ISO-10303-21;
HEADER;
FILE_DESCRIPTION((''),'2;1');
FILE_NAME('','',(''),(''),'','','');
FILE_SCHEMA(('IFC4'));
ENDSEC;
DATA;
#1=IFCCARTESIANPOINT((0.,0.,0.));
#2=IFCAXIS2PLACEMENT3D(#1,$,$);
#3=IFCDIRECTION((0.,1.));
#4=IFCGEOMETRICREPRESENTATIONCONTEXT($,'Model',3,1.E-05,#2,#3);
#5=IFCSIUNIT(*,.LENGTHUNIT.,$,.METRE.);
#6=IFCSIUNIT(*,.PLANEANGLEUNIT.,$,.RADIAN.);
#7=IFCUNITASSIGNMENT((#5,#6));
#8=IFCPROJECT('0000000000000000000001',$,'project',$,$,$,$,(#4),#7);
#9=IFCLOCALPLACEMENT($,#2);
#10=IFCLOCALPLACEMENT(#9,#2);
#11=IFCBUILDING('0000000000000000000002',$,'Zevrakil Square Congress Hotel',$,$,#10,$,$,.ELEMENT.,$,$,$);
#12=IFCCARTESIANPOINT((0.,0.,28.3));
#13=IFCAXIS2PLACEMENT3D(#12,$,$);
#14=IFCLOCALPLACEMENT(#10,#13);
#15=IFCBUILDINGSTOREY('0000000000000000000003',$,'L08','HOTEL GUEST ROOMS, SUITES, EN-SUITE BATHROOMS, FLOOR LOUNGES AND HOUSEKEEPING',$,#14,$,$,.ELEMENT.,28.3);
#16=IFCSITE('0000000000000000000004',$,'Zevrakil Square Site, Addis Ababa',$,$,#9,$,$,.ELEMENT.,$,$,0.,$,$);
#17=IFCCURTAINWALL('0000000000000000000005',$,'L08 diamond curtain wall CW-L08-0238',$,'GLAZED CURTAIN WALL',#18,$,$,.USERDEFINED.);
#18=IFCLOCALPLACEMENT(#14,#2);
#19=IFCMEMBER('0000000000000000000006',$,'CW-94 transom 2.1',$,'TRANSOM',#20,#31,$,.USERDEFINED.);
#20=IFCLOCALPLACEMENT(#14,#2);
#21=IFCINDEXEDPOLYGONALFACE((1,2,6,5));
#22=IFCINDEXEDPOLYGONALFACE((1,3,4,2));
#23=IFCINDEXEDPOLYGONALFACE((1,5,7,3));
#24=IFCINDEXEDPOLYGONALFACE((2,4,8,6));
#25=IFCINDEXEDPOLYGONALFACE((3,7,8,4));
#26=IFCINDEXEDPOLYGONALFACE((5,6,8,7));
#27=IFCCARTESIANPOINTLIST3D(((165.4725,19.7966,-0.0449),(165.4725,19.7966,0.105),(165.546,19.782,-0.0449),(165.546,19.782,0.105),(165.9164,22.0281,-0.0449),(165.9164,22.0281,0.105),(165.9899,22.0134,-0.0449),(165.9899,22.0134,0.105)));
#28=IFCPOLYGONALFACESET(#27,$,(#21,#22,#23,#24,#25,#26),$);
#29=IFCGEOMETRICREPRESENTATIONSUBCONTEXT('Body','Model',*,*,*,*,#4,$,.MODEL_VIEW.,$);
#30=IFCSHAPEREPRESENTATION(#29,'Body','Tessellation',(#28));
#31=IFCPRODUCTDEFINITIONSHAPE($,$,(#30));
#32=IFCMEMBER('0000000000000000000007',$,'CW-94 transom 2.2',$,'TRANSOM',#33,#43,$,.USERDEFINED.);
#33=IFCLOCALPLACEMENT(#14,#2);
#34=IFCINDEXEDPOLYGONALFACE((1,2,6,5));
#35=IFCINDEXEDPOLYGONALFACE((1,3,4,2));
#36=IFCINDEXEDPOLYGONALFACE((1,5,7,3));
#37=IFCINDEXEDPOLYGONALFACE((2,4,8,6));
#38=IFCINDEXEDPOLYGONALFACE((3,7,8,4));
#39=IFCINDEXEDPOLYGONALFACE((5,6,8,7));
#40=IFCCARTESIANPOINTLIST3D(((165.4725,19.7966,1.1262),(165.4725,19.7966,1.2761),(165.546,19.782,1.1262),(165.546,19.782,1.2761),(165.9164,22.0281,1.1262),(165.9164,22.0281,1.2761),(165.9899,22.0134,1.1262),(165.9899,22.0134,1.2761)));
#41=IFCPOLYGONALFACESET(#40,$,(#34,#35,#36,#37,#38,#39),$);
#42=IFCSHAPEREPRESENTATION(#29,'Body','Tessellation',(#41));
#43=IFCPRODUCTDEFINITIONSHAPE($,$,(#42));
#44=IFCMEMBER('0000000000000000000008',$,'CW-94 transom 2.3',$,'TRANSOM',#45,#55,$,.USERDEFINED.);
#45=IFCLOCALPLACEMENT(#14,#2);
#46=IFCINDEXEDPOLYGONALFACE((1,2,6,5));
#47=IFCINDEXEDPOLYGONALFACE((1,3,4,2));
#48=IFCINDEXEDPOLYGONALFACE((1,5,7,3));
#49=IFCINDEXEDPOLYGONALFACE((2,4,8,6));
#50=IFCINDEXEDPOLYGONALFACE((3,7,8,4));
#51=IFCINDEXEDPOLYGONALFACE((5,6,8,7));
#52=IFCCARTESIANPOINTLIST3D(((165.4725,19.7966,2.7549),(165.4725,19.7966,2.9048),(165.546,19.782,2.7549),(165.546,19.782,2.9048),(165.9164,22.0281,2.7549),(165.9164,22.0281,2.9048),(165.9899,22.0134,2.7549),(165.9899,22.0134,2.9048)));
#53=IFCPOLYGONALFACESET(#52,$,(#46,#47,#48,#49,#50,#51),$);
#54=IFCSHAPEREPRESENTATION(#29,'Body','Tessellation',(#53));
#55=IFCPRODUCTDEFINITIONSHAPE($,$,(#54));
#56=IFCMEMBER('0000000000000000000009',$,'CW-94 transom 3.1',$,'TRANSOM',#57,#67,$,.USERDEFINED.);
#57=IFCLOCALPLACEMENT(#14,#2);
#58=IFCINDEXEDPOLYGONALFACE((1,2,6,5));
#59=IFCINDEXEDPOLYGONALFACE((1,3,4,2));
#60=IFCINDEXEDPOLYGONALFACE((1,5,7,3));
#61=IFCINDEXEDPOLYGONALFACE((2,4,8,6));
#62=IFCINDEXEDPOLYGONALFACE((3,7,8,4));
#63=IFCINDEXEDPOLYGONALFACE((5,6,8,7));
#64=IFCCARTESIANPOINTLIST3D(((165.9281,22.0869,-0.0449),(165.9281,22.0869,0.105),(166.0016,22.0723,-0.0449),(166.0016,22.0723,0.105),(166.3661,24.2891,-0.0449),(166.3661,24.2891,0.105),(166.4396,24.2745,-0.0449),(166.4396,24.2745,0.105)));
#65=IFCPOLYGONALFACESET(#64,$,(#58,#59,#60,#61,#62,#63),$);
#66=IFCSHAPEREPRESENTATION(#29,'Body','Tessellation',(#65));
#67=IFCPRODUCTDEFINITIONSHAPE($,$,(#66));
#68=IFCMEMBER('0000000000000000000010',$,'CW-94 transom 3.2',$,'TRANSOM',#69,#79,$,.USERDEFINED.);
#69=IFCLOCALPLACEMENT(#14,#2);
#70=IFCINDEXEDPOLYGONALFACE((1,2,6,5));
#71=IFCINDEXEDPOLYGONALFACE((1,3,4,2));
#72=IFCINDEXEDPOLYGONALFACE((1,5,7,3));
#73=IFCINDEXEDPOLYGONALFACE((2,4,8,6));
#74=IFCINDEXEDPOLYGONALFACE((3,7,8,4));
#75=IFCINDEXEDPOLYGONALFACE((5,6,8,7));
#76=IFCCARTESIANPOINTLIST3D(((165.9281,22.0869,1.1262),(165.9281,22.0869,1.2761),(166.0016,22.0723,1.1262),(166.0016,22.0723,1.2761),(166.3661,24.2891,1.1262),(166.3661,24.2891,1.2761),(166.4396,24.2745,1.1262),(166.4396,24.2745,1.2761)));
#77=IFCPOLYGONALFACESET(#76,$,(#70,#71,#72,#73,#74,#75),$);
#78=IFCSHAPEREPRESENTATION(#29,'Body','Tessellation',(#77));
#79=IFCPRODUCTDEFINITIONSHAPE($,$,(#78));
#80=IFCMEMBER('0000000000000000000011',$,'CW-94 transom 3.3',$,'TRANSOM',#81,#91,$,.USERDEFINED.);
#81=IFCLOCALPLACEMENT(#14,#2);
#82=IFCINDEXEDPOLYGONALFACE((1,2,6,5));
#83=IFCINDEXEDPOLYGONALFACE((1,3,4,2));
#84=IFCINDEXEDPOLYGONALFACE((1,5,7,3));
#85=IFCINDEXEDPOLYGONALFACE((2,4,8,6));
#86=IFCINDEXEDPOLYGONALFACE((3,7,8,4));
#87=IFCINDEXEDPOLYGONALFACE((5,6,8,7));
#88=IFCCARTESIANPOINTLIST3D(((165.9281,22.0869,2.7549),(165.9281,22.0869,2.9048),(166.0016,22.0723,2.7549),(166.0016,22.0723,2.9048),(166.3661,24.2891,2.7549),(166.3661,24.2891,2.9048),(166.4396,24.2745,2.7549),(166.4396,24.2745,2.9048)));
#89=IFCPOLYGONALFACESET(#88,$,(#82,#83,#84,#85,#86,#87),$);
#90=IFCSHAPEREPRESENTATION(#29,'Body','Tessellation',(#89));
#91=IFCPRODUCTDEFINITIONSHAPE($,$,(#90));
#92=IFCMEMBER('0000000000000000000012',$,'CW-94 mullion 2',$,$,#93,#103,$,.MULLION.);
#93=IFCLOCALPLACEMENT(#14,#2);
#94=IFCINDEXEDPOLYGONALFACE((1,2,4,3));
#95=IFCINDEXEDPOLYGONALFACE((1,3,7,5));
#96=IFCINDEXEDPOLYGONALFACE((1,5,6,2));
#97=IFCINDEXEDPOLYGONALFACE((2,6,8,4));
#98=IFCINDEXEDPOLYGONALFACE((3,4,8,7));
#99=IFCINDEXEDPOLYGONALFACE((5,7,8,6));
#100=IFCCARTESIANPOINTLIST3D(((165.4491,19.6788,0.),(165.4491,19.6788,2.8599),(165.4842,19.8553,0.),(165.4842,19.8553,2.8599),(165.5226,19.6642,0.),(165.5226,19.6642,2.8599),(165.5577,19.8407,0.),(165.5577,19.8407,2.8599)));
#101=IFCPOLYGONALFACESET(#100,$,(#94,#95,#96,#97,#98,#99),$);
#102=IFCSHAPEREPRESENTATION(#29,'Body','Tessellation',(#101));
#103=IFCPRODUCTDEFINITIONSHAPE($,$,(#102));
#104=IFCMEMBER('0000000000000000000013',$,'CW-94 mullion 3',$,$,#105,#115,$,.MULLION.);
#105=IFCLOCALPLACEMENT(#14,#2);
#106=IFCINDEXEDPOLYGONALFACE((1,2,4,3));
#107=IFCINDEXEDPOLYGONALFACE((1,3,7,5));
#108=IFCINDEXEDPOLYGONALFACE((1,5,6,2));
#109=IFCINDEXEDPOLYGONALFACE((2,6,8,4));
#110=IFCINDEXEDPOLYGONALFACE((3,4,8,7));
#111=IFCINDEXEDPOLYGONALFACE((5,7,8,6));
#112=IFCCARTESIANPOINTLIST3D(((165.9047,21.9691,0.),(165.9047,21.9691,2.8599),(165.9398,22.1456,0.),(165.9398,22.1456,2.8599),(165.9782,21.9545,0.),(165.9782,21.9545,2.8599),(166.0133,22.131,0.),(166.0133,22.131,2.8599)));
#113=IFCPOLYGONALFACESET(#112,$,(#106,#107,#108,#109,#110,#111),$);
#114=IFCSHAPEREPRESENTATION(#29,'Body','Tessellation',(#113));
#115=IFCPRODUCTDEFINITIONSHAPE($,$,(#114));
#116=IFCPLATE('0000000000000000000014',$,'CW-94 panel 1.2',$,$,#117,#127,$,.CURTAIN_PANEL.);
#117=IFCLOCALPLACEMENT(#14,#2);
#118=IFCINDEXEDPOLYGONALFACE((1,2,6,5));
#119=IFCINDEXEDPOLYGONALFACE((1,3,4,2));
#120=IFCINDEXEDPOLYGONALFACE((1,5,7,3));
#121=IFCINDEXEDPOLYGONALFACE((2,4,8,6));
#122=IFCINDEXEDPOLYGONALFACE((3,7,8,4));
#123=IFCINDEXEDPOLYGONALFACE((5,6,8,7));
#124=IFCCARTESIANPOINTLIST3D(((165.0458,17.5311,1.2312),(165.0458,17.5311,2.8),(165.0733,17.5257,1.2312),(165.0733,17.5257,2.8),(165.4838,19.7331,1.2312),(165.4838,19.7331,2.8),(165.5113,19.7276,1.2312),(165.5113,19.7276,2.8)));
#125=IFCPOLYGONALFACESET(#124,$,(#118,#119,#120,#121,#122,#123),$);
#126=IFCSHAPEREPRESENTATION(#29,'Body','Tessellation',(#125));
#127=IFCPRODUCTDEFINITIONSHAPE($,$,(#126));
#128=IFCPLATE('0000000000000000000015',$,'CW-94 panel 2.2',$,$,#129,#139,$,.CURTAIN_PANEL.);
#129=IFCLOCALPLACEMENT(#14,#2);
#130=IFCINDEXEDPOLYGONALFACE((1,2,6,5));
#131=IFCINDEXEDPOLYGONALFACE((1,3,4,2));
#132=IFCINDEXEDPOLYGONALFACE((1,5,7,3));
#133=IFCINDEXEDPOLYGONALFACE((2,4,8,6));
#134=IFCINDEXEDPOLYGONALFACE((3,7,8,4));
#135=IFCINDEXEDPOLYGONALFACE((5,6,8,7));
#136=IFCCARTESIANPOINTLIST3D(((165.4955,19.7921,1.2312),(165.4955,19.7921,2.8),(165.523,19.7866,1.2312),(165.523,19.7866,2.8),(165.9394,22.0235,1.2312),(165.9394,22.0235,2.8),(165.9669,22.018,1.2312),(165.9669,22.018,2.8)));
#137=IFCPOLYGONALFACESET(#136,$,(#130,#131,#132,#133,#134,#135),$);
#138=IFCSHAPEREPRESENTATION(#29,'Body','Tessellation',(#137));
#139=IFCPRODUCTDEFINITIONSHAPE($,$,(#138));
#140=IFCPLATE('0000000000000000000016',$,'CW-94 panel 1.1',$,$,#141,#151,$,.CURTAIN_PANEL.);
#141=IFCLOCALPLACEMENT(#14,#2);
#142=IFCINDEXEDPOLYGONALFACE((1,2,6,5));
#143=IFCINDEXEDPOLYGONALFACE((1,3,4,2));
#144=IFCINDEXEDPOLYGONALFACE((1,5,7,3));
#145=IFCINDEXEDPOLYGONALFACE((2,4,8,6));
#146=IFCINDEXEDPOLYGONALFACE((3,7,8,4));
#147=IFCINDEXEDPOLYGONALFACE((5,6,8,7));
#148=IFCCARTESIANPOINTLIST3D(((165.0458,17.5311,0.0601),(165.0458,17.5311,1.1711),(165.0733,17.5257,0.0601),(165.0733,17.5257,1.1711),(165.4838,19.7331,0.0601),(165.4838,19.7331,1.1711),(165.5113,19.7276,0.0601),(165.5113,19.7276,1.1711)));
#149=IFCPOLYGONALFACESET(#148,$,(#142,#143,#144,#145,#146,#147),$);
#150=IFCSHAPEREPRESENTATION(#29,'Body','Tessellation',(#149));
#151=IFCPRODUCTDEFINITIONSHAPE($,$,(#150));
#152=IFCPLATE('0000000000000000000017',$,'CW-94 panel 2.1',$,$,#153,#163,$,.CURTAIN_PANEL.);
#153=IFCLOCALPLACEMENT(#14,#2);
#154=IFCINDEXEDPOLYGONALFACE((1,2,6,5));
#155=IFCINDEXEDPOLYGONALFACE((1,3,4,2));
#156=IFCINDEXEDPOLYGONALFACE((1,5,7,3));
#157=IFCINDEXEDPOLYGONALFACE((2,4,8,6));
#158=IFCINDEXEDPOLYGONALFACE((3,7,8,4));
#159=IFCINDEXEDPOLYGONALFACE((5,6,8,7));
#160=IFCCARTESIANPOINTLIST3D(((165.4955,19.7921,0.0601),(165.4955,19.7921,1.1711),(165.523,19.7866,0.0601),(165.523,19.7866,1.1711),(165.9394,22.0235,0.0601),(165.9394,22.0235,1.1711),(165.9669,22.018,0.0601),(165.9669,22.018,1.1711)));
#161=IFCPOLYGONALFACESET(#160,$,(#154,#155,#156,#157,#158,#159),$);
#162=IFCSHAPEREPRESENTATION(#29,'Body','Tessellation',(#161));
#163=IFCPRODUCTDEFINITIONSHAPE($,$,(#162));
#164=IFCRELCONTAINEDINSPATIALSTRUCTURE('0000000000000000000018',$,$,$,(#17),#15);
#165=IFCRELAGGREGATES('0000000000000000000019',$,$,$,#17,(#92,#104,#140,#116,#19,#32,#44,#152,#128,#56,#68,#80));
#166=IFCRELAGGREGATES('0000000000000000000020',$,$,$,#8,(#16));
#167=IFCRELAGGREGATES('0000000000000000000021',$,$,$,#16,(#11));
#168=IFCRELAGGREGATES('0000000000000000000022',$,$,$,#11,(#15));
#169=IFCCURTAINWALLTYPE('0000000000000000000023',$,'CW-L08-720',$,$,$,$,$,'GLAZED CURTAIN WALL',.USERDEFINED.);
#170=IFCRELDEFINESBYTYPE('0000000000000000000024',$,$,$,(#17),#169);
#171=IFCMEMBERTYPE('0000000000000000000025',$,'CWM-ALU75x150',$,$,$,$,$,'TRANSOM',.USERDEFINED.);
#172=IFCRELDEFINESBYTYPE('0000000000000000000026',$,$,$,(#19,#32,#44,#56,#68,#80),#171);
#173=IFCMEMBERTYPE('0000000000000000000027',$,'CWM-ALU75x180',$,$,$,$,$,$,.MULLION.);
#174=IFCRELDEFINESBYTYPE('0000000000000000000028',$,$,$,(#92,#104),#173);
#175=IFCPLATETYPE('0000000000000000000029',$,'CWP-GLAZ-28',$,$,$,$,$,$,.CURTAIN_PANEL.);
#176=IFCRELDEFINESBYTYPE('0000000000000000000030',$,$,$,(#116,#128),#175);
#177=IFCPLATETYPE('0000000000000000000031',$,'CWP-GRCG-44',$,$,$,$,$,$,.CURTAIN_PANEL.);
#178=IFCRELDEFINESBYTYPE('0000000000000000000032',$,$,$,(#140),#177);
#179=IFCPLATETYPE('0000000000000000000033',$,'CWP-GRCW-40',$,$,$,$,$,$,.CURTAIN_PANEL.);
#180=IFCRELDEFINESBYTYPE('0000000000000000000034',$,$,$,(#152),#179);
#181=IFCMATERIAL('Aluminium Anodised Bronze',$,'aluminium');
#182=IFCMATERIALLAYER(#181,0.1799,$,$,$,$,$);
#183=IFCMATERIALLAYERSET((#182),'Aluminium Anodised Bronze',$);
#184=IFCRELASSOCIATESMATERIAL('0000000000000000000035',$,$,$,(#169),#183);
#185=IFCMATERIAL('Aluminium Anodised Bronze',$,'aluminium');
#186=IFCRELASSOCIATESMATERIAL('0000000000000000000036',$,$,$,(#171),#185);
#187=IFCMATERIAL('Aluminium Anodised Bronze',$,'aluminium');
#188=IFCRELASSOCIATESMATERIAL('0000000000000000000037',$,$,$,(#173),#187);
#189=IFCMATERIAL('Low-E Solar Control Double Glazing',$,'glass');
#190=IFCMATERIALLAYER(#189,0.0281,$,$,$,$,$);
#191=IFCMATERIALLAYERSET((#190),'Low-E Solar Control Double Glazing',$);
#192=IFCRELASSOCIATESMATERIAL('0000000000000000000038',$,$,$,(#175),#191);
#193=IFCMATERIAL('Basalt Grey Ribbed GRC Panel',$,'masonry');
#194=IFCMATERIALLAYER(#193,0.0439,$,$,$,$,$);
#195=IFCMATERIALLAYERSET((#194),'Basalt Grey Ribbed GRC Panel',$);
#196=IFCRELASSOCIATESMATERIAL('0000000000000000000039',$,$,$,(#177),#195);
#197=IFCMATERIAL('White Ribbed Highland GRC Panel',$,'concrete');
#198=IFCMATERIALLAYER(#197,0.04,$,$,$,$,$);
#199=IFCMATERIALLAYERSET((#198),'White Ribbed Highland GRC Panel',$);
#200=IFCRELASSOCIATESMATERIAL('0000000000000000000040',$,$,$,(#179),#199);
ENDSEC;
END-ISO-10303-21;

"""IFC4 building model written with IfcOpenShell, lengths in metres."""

from ifc_helpers import new_model, si_unit, direction, frame, origin, origin_2d, place, context, subcontext, project, spatial, rectangle, extrude, material, layer, layer_set, material_profile, profile_set, type_object, element, aggregate, save


model = new_model("IFC4")

# Units and contexts
model_context = context("Model", 3, precision=1e-05, world=origin(), true_north=direction((0.0, 1.0)))
body_context = subcontext(model_context, "Body", "Model", "MODEL_VIEW")
ifc_project = project(units=[si_unit("LENGTHUNIT", "METRE"), si_unit("PLANEANGLEUNIT", "RADIAN")], contexts=[model_context])

# Site, building, storey
site_placement = place(None, origin())
site = spatial("IfcSite", under=ifc_project, at=site_placement, Name="Zevrakil Square Site, Addis Ababa", CompositionType="ELEMENT", RefElevation=0.0)
building_placement = place(site_placement, origin())
building = spatial("IfcBuilding", under=site, at=building_placement, Name="Zevrakil Square Congress Hotel", CompositionType="ELEMENT")
storey_placement = place(building_placement, frame((0.0, 0.0, 28.3)))
storey = spatial("IfcBuildingStorey", under=building, at=storey_placement, Name="L08", Description="HOTEL GUEST ROOMS, SUITES, EN-SUITE BATHROOMS, FLOOR LOUNGES AND HOUSEKEEPING", CompositionType="ELEMENT", Elevation=28.3)

# Curtain wall, members, plates
ifc_material_1 = material(Name="Aluminium Anodised Bronze", Category="aluminium")
ifc_layer_1 = layer(ifc_material_1, 0.1799)
ifc_layer_set_1 = layer_set([ifc_layer_1], Name="Aluminium Anodised Bronze")
curtain_wall_type = type_object("IfcCurtainWallType", Name="CW-L08-720", ElementType="GLAZED CURTAIN WALL", PredefinedType="USERDEFINED", material=ifc_layer_set_1)
curtain_wall_placement = place(storey_placement, origin())
curtain_wall = element("IfcCurtainWall", 1, at=curtain_wall_placement, inside=storey, type_object=curtain_wall_type, Name="L08 diamond curtain wall CW-L08-0238", ObjectType="GLAZED CURTAIN WALL", PredefinedType="USERDEFINED")
ifc_material_2 = material(Name="Aluminium Anodised Bronze", Category="aluminium")
ifc_material_profile_1 = material_profile(ifc_material_2, rectangle(XDim=0.075, YDim=0.1499, at=origin_2d()), Name="ALU 75x150")
ifc_profile_set_1 = profile_set([ifc_material_profile_1], Name="Aluminium Anodised Bronze")
member_type_1 = type_object("IfcMemberType", Name="CWM-ALU75x150", ElementType="TRANSOM", PredefinedType="USERDEFINED", material=ifc_profile_set_1)
member_1_placement = place(storey_placement, frame((165.5093, 19.7893, 0.03), z_axis=(0.195084, 0.980786, 0.0), x_axis=(-0.980786, 0.195084, 0.0)))
member_1 = element("IfcMember", 2, at=member_1_placement, type_object=member_type_1, Name="CW-94 transom 2.1", ObjectType="TRANSOM", PredefinedType="USERDEFINED", context=body_context, shape_type="SweptSolid", body=[
    extrude(rectangle(XDim=0.075, YDim=0.1499, at=origin_2d()), origin(), (0.0, 0.0, 1.0), 2.2751),
])
member_2_placement = place(storey_placement, frame((165.5093, 19.7893, 1.2012), z_axis=(0.195084, 0.980786, 0.0), x_axis=(-0.980786, 0.195084, 0.0)))
member_2 = element("IfcMember", 3, at=member_2_placement, type_object=member_type_1, Name="CW-94 transom 2.2", ObjectType="TRANSOM", PredefinedType="USERDEFINED", context=body_context, shape_type="SweptSolid", body=[
    extrude(rectangle(XDim=0.075, YDim=0.1499, at=origin_2d()), origin(), (0.0, 0.0, 1.0), 2.2751),
])
member_3_placement = place(storey_placement, frame((165.5093, 19.7893, 2.8298), z_axis=(0.195084, 0.980786, 0.0), x_axis=(-0.980786, 0.195084, 0.0)))
member_3 = element("IfcMember", 4, at=member_3_placement, type_object=member_type_1, Name="CW-94 transom 2.3", ObjectType="TRANSOM", PredefinedType="USERDEFINED", context=body_context, shape_type="SweptSolid", body=[
    extrude(rectangle(XDim=0.075, YDim=0.1499, at=origin_2d()), origin(), (0.0, 0.0, 1.0), 2.2751),
])
member_4_placement = place(storey_placement, frame((165.9648, 22.0796, 0.03), z_axis=(0.19507, 0.980789, 0.0), x_axis=(-0.980789, 0.19507, 0.0)))
member_4 = element("IfcMember", 5, at=member_4_placement, type_object=member_type_1, Name="CW-94 transom 3.1", ObjectType="TRANSOM", PredefinedType="USERDEFINED", context=body_context, shape_type="SweptSolid", body=[
    extrude(rectangle(XDim=0.075, YDim=0.1499, at=origin_2d()), origin(), (0.0, 0.0, 1.0), 2.2454),
])
member_5_placement = place(storey_placement, frame((165.9648, 22.0796, 1.2012), z_axis=(0.19507, 0.980789, 0.0), x_axis=(-0.980789, 0.19507, 0.0)))
member_5 = element("IfcMember", 6, at=member_5_placement, type_object=member_type_1, Name="CW-94 transom 3.2", ObjectType="TRANSOM", PredefinedType="USERDEFINED", context=body_context, shape_type="SweptSolid", body=[
    extrude(rectangle(XDim=0.075, YDim=0.1499, at=origin_2d()), origin(), (0.0, 0.0, 1.0), 2.2454),
])
member_6_placement = place(storey_placement, frame((165.9648, 22.0796, 2.8298), z_axis=(0.19507, 0.980789, 0.0), x_axis=(-0.980789, 0.19507, 0.0)))
member_6 = element("IfcMember", 7, at=member_6_placement, type_object=member_type_1, Name="CW-94 transom 3.3", ObjectType="TRANSOM", PredefinedType="USERDEFINED", context=body_context, shape_type="SweptSolid", body=[
    extrude(rectangle(XDim=0.075, YDim=0.1499, at=origin_2d()), origin(), (0.0, 0.0, 1.0), 2.2454),
])
ifc_material_3 = material(Name="Aluminium Anodised Bronze", Category="aluminium")
ifc_material_profile_2 = material_profile(ifc_material_3, rectangle(XDim=0.075, YDim=0.1799, at=origin_2d()), Name="ALU 75x180")
ifc_profile_set_2 = profile_set([ifc_material_profile_2], Name="Aluminium Anodised Bronze")
member_type_2 = type_object("IfcMemberType", Name="CWM-ALU75x180", PredefinedType="MULLION", material=ifc_profile_set_2)
member_7_placement = place(storey_placement, frame((165.5034, 19.7598, 0.0), z_axis=(0.0, 0.0, 1.0), x_axis=(-0.980787, 0.195084, 0.0)))
member_7 = element("IfcMember", 8, at=member_7_placement, type_object=member_type_2, Name="CW-94 mullion 2", PredefinedType="MULLION", context=body_context, shape_type="SweptSolid", body=[
    extrude(rectangle(XDim=0.075, YDim=0.1799, at=origin_2d()), origin(), (0.0, 0.0, 1.0), 2.8599),
])
member_8_placement = place(storey_placement, frame((165.959, 22.05, 0.0), z_axis=(0.0, 0.0, 1.0), x_axis=(-0.980787, 0.195084, 0.0)))
member_8 = element("IfcMember", 9, at=member_8_placement, type_object=member_type_2, Name="CW-94 mullion 3", PredefinedType="MULLION", context=body_context, shape_type="SweptSolid", body=[
    extrude(rectangle(XDim=0.075, YDim=0.1799, at=origin_2d()), origin(), (0.0, 0.0, 1.0), 2.8599),
])
ifc_material_4 = material(Name="Low-E Solar Control Double Glazing", Category="glass")
ifc_layer_2 = layer(ifc_material_4, 0.0281)
ifc_layer_set_2 = layer_set([ifc_layer_2], Name="Low-E Solar Control Double Glazing")
plate_type_1 = type_object("IfcPlateType", Name="CWP-GLAZ-28", PredefinedType="CURTAIN_PANEL", material=ifc_layer_set_2)
plate_1_placement = place(storey_placement, frame((165.2786, 18.6294, 1.2312), z_axis=(0.0, 0.0, 1.0), x_axis=(0.195084, 0.980787, 0.0)))
plate_1 = element("IfcPlate", 10, at=plate_1_placement, type_object=plate_type_1, Name="CW-94 panel 1.2", PredefinedType="CURTAIN_PANEL", context=body_context, shape_type="SweptSolid", body=[
    extrude(rectangle(XDim=2.2451, YDim=0.0281, at=origin_2d()), origin(), (0.0, 0.0, 1.0), 1.5688),
])
plate_2_placement = place(storey_placement, frame((165.7312, 20.905, 1.2312), z_axis=(0.0, 0.0, 1.0), x_axis=(0.195084, 0.980787, 0.0)))
plate_2 = element("IfcPlate", 11, at=plate_2_placement, type_object=plate_type_1, Name="CW-94 panel 2.2", PredefinedType="CURTAIN_PANEL", context=body_context, shape_type="SweptSolid", body=[
    extrude(rectangle(XDim=2.2751, YDim=0.0281, at=origin_2d()), origin(), (0.0, 0.0, 1.0), 1.5688),
])
ifc_material_5 = material(Name="Basalt Grey Ribbed GRC Panel", Category="masonry")
ifc_layer_3 = layer(ifc_material_5, 0.0439)
ifc_layer_set_3 = layer_set([ifc_layer_3], Name="Basalt Grey Ribbed GRC Panel")
plate_type_2 = type_object("IfcPlateType", Name="CWP-GRCG-44", PredefinedType="CURTAIN_PANEL", material=ifc_layer_set_3)
plate_3_placement = place(storey_placement, frame((165.2786, 18.6294, 0.0601), z_axis=(0.0, 0.0, 1.0), x_axis=(0.195084, 0.980787, 0.0)))
plate_3 = element("IfcPlate", 12, at=plate_3_placement, type_object=plate_type_2, Name="CW-94 panel 1.1", PredefinedType="CURTAIN_PANEL", context=body_context, shape_type="SweptSolid", body=[
    extrude(rectangle(XDim=2.2451, YDim=0.0281, at=origin_2d()), origin(), (0.0, 0.0, 1.0), 1.1111),
])
ifc_material_6 = material(Name="White Ribbed Highland GRC Panel", Category="concrete")
ifc_layer_4 = layer(ifc_material_6, 0.04)
ifc_layer_set_4 = layer_set([ifc_layer_4], Name="White Ribbed Highland GRC Panel")
plate_type_3 = type_object("IfcPlateType", Name="CWP-GRCW-40", PredefinedType="CURTAIN_PANEL", material=ifc_layer_set_4)
plate_4_placement = place(storey_placement, frame((165.7312, 20.905, 0.0601), z_axis=(0.0, 0.0, 1.0), x_axis=(0.195084, 0.980787, 0.0)))
plate_4 = element("IfcPlate", 13, at=plate_4_placement, type_object=plate_type_3, Name="CW-94 panel 2.1", PredefinedType="CURTAIN_PANEL", context=body_context, shape_type="SweptSolid", body=[
    extrude(rectangle(XDim=2.2751, YDim=0.0281, at=origin_2d()), origin(), (0.0, 0.0, 1.0), 1.1111),
])
aggregate(curtain_wall, [member_7, member_8, plate_3, plate_1, member_1, member_2, member_3, plate_4, plate_2, member_4, member_5, member_6])

save(model, "model.ifc")
